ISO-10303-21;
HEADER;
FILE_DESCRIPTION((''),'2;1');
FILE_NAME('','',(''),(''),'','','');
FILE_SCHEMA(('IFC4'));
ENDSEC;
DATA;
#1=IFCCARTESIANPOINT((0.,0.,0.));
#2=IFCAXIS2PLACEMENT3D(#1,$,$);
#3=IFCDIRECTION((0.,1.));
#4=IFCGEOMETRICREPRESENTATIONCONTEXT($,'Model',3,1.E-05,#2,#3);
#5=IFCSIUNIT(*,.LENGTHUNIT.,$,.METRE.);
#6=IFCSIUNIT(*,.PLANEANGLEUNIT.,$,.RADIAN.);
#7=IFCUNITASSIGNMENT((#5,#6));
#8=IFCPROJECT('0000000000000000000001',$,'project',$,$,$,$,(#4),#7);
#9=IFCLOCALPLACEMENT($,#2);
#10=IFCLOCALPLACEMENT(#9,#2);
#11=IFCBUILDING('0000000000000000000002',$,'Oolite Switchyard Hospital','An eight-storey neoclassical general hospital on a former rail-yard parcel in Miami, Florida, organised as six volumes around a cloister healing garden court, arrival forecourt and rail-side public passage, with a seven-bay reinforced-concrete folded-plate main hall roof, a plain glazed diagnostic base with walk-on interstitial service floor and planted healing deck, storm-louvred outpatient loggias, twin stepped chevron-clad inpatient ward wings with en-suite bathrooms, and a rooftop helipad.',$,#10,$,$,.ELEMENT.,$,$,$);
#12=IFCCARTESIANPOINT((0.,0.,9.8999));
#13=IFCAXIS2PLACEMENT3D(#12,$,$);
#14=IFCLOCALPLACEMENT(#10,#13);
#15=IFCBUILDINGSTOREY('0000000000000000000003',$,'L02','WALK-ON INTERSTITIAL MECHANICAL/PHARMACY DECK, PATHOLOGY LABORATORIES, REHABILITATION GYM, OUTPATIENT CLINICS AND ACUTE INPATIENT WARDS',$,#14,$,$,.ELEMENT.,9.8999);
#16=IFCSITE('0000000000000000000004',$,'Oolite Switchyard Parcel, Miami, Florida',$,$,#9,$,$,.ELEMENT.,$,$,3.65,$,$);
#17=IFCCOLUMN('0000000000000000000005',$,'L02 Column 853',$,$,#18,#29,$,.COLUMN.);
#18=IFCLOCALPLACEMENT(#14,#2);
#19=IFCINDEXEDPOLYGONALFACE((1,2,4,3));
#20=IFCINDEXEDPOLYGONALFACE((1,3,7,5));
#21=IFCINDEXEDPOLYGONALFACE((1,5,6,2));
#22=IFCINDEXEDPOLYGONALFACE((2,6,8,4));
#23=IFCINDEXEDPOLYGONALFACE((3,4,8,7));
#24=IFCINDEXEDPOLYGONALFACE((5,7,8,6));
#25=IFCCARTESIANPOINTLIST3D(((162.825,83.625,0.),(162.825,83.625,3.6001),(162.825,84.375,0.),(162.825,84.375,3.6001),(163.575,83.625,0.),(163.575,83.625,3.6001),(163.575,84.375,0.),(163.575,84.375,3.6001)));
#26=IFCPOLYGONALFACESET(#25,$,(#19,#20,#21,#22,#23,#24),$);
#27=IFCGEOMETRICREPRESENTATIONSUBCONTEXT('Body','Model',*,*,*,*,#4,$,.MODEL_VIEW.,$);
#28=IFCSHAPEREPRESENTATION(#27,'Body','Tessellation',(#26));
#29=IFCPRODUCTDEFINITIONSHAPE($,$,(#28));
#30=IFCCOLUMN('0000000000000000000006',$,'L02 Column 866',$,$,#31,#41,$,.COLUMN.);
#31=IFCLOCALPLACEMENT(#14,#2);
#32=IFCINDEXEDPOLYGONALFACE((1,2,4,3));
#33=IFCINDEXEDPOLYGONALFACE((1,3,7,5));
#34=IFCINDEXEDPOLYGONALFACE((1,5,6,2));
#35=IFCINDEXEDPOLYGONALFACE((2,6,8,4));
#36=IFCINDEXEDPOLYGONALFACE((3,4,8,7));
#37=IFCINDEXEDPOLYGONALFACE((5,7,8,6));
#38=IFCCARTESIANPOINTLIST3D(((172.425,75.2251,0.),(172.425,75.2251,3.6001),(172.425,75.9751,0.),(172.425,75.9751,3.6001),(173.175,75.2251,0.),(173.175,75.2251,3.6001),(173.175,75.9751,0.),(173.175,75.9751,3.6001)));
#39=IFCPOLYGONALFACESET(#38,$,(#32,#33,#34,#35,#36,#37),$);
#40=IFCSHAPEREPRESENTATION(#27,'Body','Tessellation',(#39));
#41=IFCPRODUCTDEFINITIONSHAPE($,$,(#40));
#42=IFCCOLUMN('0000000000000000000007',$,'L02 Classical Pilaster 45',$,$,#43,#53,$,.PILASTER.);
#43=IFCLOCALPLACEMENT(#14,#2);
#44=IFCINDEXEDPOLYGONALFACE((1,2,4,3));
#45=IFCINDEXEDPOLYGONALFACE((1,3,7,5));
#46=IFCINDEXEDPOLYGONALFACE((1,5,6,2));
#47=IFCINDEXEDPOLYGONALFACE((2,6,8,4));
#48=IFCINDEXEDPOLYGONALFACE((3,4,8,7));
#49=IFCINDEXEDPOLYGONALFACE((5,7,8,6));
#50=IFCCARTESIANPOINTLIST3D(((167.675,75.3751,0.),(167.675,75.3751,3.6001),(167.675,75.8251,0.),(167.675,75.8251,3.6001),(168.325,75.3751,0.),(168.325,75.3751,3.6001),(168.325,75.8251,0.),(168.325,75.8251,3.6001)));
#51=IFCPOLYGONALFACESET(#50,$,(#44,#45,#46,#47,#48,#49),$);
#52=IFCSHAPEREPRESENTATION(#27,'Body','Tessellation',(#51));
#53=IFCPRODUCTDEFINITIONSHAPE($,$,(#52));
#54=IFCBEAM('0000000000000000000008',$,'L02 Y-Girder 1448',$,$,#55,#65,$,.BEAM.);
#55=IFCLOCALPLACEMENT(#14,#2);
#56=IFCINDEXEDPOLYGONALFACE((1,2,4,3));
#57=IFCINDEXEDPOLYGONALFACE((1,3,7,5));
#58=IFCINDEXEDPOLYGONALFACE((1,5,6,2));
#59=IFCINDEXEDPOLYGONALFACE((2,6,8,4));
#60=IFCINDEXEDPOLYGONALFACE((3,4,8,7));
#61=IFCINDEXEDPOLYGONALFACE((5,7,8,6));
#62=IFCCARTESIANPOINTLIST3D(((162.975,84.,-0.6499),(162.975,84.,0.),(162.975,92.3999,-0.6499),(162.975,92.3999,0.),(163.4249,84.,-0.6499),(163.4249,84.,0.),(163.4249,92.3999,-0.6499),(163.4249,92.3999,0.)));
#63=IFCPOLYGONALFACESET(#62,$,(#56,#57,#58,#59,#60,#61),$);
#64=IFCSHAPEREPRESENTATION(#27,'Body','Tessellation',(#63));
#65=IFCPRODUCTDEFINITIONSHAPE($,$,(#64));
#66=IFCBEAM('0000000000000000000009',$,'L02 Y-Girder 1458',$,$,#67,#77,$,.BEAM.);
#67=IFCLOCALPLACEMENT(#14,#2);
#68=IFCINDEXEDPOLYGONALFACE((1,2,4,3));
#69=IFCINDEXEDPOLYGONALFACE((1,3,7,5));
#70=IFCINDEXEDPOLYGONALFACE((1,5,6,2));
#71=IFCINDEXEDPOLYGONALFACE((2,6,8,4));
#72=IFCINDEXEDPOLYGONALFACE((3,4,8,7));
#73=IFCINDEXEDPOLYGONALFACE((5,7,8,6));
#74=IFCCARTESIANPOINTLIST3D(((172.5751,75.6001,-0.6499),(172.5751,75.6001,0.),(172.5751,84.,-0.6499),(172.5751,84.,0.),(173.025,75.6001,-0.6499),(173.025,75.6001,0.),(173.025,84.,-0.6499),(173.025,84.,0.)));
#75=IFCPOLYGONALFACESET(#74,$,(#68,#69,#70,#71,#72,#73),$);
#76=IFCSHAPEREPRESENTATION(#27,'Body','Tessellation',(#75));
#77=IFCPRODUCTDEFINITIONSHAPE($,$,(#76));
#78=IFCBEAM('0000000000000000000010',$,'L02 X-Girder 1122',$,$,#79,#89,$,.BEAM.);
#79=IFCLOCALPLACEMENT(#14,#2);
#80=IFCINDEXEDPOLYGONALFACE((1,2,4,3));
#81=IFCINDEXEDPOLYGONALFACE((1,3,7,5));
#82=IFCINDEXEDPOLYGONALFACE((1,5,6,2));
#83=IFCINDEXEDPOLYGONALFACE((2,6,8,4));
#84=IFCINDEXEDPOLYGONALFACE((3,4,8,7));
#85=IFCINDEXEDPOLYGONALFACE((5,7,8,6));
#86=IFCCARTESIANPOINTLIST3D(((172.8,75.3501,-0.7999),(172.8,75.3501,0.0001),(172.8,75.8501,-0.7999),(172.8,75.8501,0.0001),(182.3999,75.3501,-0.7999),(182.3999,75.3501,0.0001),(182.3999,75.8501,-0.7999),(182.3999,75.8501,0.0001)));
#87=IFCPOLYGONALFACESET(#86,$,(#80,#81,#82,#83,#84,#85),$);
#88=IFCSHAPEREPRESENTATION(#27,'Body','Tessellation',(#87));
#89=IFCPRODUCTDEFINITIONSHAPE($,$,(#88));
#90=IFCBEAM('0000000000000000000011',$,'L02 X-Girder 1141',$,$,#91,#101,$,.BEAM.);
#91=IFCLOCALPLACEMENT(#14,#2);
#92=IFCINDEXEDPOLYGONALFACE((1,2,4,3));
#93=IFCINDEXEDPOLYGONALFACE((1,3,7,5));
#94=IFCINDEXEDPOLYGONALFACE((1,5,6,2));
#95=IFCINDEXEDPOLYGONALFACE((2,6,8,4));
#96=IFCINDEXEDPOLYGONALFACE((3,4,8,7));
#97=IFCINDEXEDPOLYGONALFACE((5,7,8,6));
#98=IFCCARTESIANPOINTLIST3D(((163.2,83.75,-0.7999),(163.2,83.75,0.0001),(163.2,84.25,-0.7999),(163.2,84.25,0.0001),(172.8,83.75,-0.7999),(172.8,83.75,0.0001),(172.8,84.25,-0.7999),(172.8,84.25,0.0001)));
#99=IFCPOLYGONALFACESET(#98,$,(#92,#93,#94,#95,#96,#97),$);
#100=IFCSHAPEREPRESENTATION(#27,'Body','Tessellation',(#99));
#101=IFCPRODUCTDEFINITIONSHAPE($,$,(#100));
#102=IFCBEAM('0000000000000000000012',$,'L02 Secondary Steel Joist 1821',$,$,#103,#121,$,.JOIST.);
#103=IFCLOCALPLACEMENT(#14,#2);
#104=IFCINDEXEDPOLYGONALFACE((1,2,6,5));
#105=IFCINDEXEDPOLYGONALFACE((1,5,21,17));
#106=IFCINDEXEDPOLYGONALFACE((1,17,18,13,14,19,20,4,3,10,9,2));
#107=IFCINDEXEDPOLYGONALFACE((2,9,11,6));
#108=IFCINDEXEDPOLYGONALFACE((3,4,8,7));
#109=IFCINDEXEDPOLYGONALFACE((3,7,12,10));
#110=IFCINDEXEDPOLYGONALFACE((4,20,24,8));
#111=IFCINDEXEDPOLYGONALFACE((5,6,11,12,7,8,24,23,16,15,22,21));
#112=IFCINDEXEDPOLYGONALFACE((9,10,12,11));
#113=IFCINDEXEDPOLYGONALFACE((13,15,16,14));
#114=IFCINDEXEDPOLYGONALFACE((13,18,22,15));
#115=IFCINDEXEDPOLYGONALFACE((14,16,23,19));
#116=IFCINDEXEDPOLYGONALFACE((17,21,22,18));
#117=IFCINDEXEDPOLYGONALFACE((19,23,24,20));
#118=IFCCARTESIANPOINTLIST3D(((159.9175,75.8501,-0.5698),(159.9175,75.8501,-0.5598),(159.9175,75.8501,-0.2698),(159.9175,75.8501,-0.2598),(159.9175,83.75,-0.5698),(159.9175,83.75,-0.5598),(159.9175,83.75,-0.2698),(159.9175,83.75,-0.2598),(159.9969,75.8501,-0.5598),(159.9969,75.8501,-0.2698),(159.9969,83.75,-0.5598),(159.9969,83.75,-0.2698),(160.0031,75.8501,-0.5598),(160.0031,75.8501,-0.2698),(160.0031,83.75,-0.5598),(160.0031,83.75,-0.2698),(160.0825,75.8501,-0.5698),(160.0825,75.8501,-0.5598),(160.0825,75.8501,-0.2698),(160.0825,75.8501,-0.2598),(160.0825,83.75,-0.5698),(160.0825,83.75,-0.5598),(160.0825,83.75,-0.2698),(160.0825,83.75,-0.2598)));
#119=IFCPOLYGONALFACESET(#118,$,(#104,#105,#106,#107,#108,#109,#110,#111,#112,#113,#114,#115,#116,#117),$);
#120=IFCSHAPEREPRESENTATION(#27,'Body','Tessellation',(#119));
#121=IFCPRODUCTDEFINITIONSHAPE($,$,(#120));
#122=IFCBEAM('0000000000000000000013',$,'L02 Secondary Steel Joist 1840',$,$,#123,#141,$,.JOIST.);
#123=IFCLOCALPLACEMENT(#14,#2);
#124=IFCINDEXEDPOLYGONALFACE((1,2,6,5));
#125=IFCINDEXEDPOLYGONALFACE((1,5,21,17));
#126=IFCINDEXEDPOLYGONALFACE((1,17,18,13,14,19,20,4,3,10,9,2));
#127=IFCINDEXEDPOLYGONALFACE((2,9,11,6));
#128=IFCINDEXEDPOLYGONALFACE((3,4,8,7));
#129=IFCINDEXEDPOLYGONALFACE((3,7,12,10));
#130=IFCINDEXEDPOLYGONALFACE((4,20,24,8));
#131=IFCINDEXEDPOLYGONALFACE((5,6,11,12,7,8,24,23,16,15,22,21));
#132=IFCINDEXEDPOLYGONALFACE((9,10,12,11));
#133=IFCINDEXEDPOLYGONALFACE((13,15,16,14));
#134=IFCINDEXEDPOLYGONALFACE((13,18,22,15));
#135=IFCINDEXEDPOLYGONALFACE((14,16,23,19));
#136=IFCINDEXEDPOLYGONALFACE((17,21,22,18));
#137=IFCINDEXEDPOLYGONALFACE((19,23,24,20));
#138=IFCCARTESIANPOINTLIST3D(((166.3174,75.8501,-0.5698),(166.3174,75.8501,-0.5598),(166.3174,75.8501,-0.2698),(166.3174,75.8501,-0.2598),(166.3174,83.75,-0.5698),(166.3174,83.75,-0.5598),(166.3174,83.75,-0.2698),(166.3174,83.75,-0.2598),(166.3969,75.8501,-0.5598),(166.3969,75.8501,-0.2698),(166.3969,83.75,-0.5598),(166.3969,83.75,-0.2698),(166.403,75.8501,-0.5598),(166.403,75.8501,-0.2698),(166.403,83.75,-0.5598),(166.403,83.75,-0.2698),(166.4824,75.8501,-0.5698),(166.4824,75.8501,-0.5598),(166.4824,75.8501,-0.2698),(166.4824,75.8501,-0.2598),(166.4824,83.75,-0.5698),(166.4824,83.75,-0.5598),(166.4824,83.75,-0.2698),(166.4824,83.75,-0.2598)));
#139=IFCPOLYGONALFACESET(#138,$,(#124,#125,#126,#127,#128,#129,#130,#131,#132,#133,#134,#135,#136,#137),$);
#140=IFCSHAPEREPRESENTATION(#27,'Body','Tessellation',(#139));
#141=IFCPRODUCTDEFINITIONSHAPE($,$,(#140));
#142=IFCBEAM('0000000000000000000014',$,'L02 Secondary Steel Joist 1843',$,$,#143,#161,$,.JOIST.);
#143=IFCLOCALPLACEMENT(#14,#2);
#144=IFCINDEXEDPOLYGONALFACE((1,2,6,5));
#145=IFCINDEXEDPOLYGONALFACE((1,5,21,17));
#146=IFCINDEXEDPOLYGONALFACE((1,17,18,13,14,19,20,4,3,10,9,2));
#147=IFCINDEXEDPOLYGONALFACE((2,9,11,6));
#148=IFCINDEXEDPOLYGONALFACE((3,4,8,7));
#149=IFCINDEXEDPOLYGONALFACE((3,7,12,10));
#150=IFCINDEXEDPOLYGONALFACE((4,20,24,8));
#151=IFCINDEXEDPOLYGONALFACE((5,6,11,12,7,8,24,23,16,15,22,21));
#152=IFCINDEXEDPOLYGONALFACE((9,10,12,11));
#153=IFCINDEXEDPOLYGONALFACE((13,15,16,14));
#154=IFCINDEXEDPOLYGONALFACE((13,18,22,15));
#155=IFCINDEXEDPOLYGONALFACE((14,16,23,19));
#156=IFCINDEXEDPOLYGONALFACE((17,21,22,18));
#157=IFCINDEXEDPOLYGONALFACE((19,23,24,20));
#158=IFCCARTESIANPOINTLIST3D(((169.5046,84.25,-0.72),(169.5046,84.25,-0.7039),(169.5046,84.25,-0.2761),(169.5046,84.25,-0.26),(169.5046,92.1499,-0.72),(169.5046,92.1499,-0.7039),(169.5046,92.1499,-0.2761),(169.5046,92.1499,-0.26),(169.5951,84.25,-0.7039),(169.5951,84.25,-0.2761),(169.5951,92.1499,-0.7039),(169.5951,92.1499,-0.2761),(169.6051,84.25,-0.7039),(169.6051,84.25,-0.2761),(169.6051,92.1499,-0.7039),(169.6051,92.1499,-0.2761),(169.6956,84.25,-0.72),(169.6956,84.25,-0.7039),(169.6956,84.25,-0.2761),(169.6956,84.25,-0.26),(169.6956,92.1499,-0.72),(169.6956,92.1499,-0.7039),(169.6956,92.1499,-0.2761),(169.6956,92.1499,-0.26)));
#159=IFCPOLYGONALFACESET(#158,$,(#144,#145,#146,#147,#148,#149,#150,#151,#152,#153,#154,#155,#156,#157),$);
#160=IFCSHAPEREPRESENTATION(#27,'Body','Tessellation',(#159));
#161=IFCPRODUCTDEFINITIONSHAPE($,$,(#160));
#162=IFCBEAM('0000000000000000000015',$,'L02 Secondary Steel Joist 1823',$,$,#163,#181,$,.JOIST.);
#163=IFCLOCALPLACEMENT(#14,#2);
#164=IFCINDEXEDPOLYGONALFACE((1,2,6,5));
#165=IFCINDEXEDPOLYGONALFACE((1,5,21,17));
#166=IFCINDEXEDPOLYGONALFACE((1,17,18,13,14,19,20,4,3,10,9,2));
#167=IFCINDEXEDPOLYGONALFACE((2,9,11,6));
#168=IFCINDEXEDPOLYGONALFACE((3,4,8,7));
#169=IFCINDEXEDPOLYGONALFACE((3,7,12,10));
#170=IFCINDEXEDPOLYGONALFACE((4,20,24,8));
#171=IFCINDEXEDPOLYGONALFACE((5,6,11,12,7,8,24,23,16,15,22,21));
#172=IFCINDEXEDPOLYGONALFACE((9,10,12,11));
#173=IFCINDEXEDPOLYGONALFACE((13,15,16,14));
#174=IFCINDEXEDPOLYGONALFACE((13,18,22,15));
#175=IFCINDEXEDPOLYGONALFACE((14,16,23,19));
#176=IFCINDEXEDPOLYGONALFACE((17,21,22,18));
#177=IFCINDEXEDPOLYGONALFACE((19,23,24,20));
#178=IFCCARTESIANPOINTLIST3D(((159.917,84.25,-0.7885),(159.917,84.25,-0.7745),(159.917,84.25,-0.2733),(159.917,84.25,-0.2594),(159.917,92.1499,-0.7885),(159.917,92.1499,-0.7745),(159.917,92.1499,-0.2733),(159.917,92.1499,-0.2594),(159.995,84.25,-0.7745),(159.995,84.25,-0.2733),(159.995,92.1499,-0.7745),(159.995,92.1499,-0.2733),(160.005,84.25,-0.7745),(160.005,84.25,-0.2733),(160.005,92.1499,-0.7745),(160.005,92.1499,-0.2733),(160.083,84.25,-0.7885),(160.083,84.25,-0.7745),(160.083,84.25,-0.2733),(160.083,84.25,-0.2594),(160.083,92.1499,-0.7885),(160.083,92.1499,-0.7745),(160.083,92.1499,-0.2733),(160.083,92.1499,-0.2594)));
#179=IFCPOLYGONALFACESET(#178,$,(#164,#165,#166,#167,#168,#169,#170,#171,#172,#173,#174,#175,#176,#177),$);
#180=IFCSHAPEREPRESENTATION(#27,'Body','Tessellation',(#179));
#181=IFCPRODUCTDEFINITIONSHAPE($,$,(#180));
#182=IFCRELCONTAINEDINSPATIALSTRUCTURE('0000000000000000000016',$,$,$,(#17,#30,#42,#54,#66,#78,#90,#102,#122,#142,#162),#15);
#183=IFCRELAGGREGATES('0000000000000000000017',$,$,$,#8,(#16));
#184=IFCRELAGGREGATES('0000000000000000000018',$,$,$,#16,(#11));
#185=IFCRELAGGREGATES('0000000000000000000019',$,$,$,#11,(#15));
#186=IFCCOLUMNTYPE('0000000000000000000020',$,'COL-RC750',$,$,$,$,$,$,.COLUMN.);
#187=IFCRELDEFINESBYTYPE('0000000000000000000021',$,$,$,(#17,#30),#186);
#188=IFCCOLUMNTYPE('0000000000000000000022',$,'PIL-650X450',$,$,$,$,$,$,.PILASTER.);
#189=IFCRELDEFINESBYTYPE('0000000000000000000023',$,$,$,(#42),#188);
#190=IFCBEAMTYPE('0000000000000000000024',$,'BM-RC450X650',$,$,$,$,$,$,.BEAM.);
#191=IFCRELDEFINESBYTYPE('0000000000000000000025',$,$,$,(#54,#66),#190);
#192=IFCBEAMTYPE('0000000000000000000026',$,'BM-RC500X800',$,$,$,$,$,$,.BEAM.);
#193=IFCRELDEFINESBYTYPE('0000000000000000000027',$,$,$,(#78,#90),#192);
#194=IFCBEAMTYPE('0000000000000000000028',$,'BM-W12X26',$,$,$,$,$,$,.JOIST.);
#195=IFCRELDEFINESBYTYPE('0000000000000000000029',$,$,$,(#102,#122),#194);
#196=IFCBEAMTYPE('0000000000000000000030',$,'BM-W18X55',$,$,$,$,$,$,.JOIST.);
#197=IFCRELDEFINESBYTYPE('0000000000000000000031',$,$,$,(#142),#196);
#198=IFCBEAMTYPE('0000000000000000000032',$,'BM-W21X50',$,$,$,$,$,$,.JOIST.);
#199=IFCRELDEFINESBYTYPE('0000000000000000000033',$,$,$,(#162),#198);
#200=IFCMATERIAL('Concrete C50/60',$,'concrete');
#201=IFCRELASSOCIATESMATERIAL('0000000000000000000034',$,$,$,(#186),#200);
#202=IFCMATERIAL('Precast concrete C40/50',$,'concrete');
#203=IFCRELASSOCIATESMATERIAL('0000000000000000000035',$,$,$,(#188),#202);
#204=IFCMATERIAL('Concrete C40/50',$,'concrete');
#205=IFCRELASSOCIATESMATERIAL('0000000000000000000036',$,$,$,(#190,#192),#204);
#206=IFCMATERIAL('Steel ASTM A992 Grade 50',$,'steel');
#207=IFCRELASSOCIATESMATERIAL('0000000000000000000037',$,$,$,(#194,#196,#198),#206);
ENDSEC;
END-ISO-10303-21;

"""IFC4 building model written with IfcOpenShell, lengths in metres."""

from ifc_helpers import new_model, si_unit, direction, frame, origin, origin_2d, place, context, subcontext, project, spatial, rectangle, i_section, extrude, material, material_profile, profile_set, type_object, element, save


model = new_model("IFC4")

# Units and contexts
model_context = context("Model", 3, precision=1e-05, world=origin(), true_north=direction((0.0, 1.0)))
body_context = subcontext(model_context, "Body", "Model", "MODEL_VIEW")
ifc_project = project(units=[si_unit("LENGTHUNIT", "METRE"), si_unit("PLANEANGLEUNIT", "RADIAN")], contexts=[model_context])

# Site, building, storey
site_placement = place(None, origin())
site = spatial("IfcSite", under=ifc_project, at=site_placement, Name="Oolite Switchyard Parcel, Miami, Florida", CompositionType="ELEMENT", RefElevation=3.65)
building_placement = place(site_placement, origin())
building = spatial("IfcBuilding", under=site, at=building_placement, Name="Oolite Switchyard Hospital", Description="An eight-storey neoclassical general hospital on a former rail-yard parcel in Miami, Florida, organised as six volumes around a cloister healing garden court, arrival forecourt and rail-side public passage, with a seven-bay reinforced-concrete folded-plate main hall roof, a plain glazed diagnostic base with walk-on interstitial service floor and planted healing deck, storm-louvred outpatient loggias, twin stepped chevron-clad inpatient ward wings with en-suite bathrooms, and a rooftop helipad.", CompositionType="ELEMENT")
storey_placement = place(building_placement, frame((0.0, 0.0, 9.8999)))
storey = spatial("IfcBuildingStorey", under=building, at=storey_placement, Name="L02", Description="WALK-ON INTERSTITIAL MECHANICAL/PHARMACY DECK, PATHOLOGY LABORATORIES, REHABILITATION GYM, OUTPATIENT CLINICS AND ACUTE INPATIENT WARDS", CompositionType="ELEMENT", Elevation=9.8999)

# Columns
ifc_material_1 = material(Name="Concrete C50/60", Category="concrete")
ifc_material_profile_1 = material_profile(ifc_material_1, rectangle(XDim=0.75, YDim=0.75, at=origin_2d()), Name="RC750X750")
ifc_profile_set_1 = profile_set([ifc_material_profile_1], Name="Concrete C50/60")
column_type_1 = type_object("IfcColumnType", Name="COL-RC750", PredefinedType="COLUMN", material=ifc_profile_set_1)
for number, where, z_axis, x_axis, name in (
    (1, (163.2, 84.0, 0.0), (0.0, 0.0, 1.0), (1.0, 0.0, 0.0), "L02 Column 853"),
    (2, (172.8, 75.6001, 0.0), (0.0, 0.0, 1.0), (1.0, 0.0, 0.0), "L02 Column 866"),
):
    element("IfcColumn", number, at=place(storey_placement, frame(where, z_axis=z_axis, x_axis=x_axis)), inside=storey, type_object=column_type_1, Name=name, PredefinedType="COLUMN", context=body_context, shape_type="SweptSolid", body=[
        extrude(rectangle(XDim=0.75, YDim=0.75, at=origin_2d()), origin(), (0.0, 0.0, 1.0), 3.6001),
    ])
ifc_material_2 = material(Name="Precast concrete C40/50", Category="concrete")
ifc_material_profile_2 = material_profile(ifc_material_2, rectangle(XDim=0.6499, YDim=0.45, at=origin_2d()), Name="PIL650X450")
ifc_profile_set_2 = profile_set([ifc_material_profile_2], Name="Precast concrete C40/50")
column_type_2 = type_object("IfcColumnType", Name="PIL-650X450", PredefinedType="PILASTER", material=ifc_profile_set_2)
column_placement = place(storey_placement, frame((168.0, 75.6001, 0.0), z_axis=(0.0, 0.0, 1.0), x_axis=(1.0, 0.0, 0.0)))
element("IfcColumn", 3, at=column_placement, inside=storey, type_object=column_type_2, Name="L02 Classical Pilaster 45", PredefinedType="PILASTER", context=body_context, shape_type="SweptSolid", body=[
    extrude(rectangle(XDim=0.6499, YDim=0.45, at=origin_2d()), origin(), (0.0, 0.0, 1.0), 3.6001),
])

# Beams
ifc_material_3 = material(Name="Concrete C40/50", Category="concrete")
ifc_material_profile_3 = material_profile(ifc_material_3, rectangle(XDim=0.45, YDim=0.6499, at=origin_2d()), Name="RCB450X650")
ifc_profile_set_3 = profile_set([ifc_material_profile_3], Name="Concrete C40/50")
beam_type_1 = type_object("IfcBeamType", Name="BM-RC450X650", PredefinedType="BEAM", material=ifc_profile_set_3)
for number, where, z_axis, x_axis, name in (
    (4, (163.2, 84.0, -0.325), (0.0, 1.0, 0.0), (-1.0, 0.0, 0.0), "L02 Y-Girder 1448"),
    (5, (172.8, 75.6001, -0.325), (0.0, 1.0, 0.0), (-1.0, 0.0, 0.0), "L02 Y-Girder 1458"),
):
    element("IfcBeam", number, at=place(storey_placement, frame(where, z_axis=z_axis, x_axis=x_axis)), inside=storey, type_object=beam_type_1, Name=name, PredefinedType="BEAM", context=body_context, shape_type="SweptSolid", body=[
        extrude(rectangle(XDim=0.45, YDim=0.6499, at=origin_2d()), origin(), (0.0, 0.0, 1.0), 8.3999),
    ])
ifc_material_profile_4 = material_profile(ifc_material_3, rectangle(XDim=0.5, YDim=0.8, at=origin_2d()), Name="RCB500X800")
ifc_profile_set_4 = profile_set([ifc_material_profile_4], Name="Concrete C40/50")
beam_type_2 = type_object("IfcBeamType", Name="BM-RC500X800", PredefinedType="BEAM", material=ifc_profile_set_4)
beam_1_placement = place(storey_placement, frame((172.8, 75.6001, -0.3999), z_axis=(1.0, 0.0, 0.0), x_axis=(0.0, 1.0, 0.0)))
element("IfcBeam", 6, at=beam_1_placement, inside=storey, type_object=beam_type_2, Name="L02 X-Girder 1122", PredefinedType="BEAM", context=body_context, shape_type="SweptSolid", body=[
    extrude(rectangle(XDim=0.5, YDim=0.8, at=origin_2d()), origin(), (0.0, 0.0, 1.0), 9.5999),
])
beam_2_placement = place(storey_placement, frame((163.2, 84.0, -0.3999), z_axis=(1.0, 0.0, 0.0), x_axis=(0.0, 1.0, 0.0)))
element("IfcBeam", 7, at=beam_2_placement, inside=storey, type_object=beam_type_2, Name="L02 X-Girder 1141", PredefinedType="BEAM", context=body_context, shape_type="SweptSolid", body=[
    extrude(rectangle(XDim=0.5, YDim=0.8, at=origin_2d()), origin(), (0.0, 0.0, 1.0), 9.6001),
])
ifc_material_4 = material(Name="Steel ASTM A992 Grade 50", Category="steel")
ifc_material_profile_5 = material_profile(ifc_material_4, i_section(OverallWidth=0.165, OverallDepth=0.3101, WebThickness=0.0061, FlangeThickness=0.01, at=origin_2d()), Name="W12X26")
ifc_profile_set_5 = profile_set([ifc_material_profile_5], Name="Steel ASTM A992 Grade 50")
beam_type_3 = type_object("IfcBeamType", Name="BM-W12X26", PredefinedType="JOIST", material=ifc_profile_set_5)
for number, where, z_axis, x_axis, name in (
    (8, (160.0, 75.8501, -0.4148), (0.0, 1.0, 0.0), (-1.0, 0.0, 0.0), "L02 Secondary Steel Joist 1821"),
    (9, (166.3999, 75.8501, -0.4148), (0.0, 1.0, 0.0), (-1.0, 0.0, 0.0), "L02 Secondary Steel Joist 1840"),
):
    element("IfcBeam", number, at=place(storey_placement, frame(where, z_axis=z_axis, x_axis=x_axis)), inside=storey, type_object=beam_type_3, Name=name, PredefinedType="JOIST", context=body_context, shape_type="SweptSolid", body=[
        extrude(i_section(OverallWidth=0.165, OverallDepth=0.3101, WebThickness=0.0061, FlangeThickness=0.01, at=origin_2d()), origin(), (0.0, 0.0, 1.0), 7.8999),
    ])
ifc_material_profile_6 = material_profile(ifc_material_4, i_section(OverallWidth=0.1909, OverallDepth=0.46, WebThickness=0.01, FlangeThickness=0.0161, at=origin_2d()), Name="W18X55")
ifc_profile_set_6 = profile_set([ifc_material_profile_6], Name="Steel ASTM A992 Grade 50")
beam_type_4 = type_object("IfcBeamType", Name="BM-W18X55", PredefinedType="JOIST", material=ifc_profile_set_6)
beam_3_placement = place(storey_placement, frame((169.6001, 84.25, -0.49), z_axis=(0.0, 1.0, 0.0), x_axis=(-1.0, 0.0, 0.0)))
element("IfcBeam", 10, at=beam_3_placement, inside=storey, type_object=beam_type_4, Name="L02 Secondary Steel Joist 1843", PredefinedType="JOIST", context=body_context, shape_type="SweptSolid", body=[
    extrude(i_section(OverallWidth=0.1909, OverallDepth=0.46, WebThickness=0.01, FlangeThickness=0.0161, at=origin_2d()), origin(), (0.0, 0.0, 1.0), 7.8999),
])
ifc_material_profile_7 = material_profile(ifc_material_4, i_section(OverallWidth=0.166, OverallDepth=0.5291, WebThickness=0.01, FlangeThickness=0.0139, at=origin_2d()), Name="W21X50")
ifc_profile_set_7 = profile_set([ifc_material_profile_7], Name="Steel ASTM A992 Grade 50")
beam_type_5 = type_object("IfcBeamType", Name="BM-W21X50", PredefinedType="JOIST", material=ifc_profile_set_7)
for number, where, z_axis, x_axis, name in (
    (11, (160.0, 84.25, -0.5239), (0.0, 1.0, 0.0), (-1.0, 0.0, 0.0), "L02 Secondary Steel Joist 1823"),
):
    element("IfcBeam", number, at=place(storey_placement, frame(where, z_axis=z_axis, x_axis=x_axis)), inside=storey, type_object=beam_type_5, Name=name, PredefinedType="JOIST", context=body_context, shape_type="SweptSolid", body=[
        extrude(i_section(OverallWidth=0.166, OverallDepth=0.5291, WebThickness=0.01, FlangeThickness=0.0139, at=origin_2d()), origin(), (0.0, 0.0, 1.0), 7.8999),
    ])

save(model, "model.ifc")
